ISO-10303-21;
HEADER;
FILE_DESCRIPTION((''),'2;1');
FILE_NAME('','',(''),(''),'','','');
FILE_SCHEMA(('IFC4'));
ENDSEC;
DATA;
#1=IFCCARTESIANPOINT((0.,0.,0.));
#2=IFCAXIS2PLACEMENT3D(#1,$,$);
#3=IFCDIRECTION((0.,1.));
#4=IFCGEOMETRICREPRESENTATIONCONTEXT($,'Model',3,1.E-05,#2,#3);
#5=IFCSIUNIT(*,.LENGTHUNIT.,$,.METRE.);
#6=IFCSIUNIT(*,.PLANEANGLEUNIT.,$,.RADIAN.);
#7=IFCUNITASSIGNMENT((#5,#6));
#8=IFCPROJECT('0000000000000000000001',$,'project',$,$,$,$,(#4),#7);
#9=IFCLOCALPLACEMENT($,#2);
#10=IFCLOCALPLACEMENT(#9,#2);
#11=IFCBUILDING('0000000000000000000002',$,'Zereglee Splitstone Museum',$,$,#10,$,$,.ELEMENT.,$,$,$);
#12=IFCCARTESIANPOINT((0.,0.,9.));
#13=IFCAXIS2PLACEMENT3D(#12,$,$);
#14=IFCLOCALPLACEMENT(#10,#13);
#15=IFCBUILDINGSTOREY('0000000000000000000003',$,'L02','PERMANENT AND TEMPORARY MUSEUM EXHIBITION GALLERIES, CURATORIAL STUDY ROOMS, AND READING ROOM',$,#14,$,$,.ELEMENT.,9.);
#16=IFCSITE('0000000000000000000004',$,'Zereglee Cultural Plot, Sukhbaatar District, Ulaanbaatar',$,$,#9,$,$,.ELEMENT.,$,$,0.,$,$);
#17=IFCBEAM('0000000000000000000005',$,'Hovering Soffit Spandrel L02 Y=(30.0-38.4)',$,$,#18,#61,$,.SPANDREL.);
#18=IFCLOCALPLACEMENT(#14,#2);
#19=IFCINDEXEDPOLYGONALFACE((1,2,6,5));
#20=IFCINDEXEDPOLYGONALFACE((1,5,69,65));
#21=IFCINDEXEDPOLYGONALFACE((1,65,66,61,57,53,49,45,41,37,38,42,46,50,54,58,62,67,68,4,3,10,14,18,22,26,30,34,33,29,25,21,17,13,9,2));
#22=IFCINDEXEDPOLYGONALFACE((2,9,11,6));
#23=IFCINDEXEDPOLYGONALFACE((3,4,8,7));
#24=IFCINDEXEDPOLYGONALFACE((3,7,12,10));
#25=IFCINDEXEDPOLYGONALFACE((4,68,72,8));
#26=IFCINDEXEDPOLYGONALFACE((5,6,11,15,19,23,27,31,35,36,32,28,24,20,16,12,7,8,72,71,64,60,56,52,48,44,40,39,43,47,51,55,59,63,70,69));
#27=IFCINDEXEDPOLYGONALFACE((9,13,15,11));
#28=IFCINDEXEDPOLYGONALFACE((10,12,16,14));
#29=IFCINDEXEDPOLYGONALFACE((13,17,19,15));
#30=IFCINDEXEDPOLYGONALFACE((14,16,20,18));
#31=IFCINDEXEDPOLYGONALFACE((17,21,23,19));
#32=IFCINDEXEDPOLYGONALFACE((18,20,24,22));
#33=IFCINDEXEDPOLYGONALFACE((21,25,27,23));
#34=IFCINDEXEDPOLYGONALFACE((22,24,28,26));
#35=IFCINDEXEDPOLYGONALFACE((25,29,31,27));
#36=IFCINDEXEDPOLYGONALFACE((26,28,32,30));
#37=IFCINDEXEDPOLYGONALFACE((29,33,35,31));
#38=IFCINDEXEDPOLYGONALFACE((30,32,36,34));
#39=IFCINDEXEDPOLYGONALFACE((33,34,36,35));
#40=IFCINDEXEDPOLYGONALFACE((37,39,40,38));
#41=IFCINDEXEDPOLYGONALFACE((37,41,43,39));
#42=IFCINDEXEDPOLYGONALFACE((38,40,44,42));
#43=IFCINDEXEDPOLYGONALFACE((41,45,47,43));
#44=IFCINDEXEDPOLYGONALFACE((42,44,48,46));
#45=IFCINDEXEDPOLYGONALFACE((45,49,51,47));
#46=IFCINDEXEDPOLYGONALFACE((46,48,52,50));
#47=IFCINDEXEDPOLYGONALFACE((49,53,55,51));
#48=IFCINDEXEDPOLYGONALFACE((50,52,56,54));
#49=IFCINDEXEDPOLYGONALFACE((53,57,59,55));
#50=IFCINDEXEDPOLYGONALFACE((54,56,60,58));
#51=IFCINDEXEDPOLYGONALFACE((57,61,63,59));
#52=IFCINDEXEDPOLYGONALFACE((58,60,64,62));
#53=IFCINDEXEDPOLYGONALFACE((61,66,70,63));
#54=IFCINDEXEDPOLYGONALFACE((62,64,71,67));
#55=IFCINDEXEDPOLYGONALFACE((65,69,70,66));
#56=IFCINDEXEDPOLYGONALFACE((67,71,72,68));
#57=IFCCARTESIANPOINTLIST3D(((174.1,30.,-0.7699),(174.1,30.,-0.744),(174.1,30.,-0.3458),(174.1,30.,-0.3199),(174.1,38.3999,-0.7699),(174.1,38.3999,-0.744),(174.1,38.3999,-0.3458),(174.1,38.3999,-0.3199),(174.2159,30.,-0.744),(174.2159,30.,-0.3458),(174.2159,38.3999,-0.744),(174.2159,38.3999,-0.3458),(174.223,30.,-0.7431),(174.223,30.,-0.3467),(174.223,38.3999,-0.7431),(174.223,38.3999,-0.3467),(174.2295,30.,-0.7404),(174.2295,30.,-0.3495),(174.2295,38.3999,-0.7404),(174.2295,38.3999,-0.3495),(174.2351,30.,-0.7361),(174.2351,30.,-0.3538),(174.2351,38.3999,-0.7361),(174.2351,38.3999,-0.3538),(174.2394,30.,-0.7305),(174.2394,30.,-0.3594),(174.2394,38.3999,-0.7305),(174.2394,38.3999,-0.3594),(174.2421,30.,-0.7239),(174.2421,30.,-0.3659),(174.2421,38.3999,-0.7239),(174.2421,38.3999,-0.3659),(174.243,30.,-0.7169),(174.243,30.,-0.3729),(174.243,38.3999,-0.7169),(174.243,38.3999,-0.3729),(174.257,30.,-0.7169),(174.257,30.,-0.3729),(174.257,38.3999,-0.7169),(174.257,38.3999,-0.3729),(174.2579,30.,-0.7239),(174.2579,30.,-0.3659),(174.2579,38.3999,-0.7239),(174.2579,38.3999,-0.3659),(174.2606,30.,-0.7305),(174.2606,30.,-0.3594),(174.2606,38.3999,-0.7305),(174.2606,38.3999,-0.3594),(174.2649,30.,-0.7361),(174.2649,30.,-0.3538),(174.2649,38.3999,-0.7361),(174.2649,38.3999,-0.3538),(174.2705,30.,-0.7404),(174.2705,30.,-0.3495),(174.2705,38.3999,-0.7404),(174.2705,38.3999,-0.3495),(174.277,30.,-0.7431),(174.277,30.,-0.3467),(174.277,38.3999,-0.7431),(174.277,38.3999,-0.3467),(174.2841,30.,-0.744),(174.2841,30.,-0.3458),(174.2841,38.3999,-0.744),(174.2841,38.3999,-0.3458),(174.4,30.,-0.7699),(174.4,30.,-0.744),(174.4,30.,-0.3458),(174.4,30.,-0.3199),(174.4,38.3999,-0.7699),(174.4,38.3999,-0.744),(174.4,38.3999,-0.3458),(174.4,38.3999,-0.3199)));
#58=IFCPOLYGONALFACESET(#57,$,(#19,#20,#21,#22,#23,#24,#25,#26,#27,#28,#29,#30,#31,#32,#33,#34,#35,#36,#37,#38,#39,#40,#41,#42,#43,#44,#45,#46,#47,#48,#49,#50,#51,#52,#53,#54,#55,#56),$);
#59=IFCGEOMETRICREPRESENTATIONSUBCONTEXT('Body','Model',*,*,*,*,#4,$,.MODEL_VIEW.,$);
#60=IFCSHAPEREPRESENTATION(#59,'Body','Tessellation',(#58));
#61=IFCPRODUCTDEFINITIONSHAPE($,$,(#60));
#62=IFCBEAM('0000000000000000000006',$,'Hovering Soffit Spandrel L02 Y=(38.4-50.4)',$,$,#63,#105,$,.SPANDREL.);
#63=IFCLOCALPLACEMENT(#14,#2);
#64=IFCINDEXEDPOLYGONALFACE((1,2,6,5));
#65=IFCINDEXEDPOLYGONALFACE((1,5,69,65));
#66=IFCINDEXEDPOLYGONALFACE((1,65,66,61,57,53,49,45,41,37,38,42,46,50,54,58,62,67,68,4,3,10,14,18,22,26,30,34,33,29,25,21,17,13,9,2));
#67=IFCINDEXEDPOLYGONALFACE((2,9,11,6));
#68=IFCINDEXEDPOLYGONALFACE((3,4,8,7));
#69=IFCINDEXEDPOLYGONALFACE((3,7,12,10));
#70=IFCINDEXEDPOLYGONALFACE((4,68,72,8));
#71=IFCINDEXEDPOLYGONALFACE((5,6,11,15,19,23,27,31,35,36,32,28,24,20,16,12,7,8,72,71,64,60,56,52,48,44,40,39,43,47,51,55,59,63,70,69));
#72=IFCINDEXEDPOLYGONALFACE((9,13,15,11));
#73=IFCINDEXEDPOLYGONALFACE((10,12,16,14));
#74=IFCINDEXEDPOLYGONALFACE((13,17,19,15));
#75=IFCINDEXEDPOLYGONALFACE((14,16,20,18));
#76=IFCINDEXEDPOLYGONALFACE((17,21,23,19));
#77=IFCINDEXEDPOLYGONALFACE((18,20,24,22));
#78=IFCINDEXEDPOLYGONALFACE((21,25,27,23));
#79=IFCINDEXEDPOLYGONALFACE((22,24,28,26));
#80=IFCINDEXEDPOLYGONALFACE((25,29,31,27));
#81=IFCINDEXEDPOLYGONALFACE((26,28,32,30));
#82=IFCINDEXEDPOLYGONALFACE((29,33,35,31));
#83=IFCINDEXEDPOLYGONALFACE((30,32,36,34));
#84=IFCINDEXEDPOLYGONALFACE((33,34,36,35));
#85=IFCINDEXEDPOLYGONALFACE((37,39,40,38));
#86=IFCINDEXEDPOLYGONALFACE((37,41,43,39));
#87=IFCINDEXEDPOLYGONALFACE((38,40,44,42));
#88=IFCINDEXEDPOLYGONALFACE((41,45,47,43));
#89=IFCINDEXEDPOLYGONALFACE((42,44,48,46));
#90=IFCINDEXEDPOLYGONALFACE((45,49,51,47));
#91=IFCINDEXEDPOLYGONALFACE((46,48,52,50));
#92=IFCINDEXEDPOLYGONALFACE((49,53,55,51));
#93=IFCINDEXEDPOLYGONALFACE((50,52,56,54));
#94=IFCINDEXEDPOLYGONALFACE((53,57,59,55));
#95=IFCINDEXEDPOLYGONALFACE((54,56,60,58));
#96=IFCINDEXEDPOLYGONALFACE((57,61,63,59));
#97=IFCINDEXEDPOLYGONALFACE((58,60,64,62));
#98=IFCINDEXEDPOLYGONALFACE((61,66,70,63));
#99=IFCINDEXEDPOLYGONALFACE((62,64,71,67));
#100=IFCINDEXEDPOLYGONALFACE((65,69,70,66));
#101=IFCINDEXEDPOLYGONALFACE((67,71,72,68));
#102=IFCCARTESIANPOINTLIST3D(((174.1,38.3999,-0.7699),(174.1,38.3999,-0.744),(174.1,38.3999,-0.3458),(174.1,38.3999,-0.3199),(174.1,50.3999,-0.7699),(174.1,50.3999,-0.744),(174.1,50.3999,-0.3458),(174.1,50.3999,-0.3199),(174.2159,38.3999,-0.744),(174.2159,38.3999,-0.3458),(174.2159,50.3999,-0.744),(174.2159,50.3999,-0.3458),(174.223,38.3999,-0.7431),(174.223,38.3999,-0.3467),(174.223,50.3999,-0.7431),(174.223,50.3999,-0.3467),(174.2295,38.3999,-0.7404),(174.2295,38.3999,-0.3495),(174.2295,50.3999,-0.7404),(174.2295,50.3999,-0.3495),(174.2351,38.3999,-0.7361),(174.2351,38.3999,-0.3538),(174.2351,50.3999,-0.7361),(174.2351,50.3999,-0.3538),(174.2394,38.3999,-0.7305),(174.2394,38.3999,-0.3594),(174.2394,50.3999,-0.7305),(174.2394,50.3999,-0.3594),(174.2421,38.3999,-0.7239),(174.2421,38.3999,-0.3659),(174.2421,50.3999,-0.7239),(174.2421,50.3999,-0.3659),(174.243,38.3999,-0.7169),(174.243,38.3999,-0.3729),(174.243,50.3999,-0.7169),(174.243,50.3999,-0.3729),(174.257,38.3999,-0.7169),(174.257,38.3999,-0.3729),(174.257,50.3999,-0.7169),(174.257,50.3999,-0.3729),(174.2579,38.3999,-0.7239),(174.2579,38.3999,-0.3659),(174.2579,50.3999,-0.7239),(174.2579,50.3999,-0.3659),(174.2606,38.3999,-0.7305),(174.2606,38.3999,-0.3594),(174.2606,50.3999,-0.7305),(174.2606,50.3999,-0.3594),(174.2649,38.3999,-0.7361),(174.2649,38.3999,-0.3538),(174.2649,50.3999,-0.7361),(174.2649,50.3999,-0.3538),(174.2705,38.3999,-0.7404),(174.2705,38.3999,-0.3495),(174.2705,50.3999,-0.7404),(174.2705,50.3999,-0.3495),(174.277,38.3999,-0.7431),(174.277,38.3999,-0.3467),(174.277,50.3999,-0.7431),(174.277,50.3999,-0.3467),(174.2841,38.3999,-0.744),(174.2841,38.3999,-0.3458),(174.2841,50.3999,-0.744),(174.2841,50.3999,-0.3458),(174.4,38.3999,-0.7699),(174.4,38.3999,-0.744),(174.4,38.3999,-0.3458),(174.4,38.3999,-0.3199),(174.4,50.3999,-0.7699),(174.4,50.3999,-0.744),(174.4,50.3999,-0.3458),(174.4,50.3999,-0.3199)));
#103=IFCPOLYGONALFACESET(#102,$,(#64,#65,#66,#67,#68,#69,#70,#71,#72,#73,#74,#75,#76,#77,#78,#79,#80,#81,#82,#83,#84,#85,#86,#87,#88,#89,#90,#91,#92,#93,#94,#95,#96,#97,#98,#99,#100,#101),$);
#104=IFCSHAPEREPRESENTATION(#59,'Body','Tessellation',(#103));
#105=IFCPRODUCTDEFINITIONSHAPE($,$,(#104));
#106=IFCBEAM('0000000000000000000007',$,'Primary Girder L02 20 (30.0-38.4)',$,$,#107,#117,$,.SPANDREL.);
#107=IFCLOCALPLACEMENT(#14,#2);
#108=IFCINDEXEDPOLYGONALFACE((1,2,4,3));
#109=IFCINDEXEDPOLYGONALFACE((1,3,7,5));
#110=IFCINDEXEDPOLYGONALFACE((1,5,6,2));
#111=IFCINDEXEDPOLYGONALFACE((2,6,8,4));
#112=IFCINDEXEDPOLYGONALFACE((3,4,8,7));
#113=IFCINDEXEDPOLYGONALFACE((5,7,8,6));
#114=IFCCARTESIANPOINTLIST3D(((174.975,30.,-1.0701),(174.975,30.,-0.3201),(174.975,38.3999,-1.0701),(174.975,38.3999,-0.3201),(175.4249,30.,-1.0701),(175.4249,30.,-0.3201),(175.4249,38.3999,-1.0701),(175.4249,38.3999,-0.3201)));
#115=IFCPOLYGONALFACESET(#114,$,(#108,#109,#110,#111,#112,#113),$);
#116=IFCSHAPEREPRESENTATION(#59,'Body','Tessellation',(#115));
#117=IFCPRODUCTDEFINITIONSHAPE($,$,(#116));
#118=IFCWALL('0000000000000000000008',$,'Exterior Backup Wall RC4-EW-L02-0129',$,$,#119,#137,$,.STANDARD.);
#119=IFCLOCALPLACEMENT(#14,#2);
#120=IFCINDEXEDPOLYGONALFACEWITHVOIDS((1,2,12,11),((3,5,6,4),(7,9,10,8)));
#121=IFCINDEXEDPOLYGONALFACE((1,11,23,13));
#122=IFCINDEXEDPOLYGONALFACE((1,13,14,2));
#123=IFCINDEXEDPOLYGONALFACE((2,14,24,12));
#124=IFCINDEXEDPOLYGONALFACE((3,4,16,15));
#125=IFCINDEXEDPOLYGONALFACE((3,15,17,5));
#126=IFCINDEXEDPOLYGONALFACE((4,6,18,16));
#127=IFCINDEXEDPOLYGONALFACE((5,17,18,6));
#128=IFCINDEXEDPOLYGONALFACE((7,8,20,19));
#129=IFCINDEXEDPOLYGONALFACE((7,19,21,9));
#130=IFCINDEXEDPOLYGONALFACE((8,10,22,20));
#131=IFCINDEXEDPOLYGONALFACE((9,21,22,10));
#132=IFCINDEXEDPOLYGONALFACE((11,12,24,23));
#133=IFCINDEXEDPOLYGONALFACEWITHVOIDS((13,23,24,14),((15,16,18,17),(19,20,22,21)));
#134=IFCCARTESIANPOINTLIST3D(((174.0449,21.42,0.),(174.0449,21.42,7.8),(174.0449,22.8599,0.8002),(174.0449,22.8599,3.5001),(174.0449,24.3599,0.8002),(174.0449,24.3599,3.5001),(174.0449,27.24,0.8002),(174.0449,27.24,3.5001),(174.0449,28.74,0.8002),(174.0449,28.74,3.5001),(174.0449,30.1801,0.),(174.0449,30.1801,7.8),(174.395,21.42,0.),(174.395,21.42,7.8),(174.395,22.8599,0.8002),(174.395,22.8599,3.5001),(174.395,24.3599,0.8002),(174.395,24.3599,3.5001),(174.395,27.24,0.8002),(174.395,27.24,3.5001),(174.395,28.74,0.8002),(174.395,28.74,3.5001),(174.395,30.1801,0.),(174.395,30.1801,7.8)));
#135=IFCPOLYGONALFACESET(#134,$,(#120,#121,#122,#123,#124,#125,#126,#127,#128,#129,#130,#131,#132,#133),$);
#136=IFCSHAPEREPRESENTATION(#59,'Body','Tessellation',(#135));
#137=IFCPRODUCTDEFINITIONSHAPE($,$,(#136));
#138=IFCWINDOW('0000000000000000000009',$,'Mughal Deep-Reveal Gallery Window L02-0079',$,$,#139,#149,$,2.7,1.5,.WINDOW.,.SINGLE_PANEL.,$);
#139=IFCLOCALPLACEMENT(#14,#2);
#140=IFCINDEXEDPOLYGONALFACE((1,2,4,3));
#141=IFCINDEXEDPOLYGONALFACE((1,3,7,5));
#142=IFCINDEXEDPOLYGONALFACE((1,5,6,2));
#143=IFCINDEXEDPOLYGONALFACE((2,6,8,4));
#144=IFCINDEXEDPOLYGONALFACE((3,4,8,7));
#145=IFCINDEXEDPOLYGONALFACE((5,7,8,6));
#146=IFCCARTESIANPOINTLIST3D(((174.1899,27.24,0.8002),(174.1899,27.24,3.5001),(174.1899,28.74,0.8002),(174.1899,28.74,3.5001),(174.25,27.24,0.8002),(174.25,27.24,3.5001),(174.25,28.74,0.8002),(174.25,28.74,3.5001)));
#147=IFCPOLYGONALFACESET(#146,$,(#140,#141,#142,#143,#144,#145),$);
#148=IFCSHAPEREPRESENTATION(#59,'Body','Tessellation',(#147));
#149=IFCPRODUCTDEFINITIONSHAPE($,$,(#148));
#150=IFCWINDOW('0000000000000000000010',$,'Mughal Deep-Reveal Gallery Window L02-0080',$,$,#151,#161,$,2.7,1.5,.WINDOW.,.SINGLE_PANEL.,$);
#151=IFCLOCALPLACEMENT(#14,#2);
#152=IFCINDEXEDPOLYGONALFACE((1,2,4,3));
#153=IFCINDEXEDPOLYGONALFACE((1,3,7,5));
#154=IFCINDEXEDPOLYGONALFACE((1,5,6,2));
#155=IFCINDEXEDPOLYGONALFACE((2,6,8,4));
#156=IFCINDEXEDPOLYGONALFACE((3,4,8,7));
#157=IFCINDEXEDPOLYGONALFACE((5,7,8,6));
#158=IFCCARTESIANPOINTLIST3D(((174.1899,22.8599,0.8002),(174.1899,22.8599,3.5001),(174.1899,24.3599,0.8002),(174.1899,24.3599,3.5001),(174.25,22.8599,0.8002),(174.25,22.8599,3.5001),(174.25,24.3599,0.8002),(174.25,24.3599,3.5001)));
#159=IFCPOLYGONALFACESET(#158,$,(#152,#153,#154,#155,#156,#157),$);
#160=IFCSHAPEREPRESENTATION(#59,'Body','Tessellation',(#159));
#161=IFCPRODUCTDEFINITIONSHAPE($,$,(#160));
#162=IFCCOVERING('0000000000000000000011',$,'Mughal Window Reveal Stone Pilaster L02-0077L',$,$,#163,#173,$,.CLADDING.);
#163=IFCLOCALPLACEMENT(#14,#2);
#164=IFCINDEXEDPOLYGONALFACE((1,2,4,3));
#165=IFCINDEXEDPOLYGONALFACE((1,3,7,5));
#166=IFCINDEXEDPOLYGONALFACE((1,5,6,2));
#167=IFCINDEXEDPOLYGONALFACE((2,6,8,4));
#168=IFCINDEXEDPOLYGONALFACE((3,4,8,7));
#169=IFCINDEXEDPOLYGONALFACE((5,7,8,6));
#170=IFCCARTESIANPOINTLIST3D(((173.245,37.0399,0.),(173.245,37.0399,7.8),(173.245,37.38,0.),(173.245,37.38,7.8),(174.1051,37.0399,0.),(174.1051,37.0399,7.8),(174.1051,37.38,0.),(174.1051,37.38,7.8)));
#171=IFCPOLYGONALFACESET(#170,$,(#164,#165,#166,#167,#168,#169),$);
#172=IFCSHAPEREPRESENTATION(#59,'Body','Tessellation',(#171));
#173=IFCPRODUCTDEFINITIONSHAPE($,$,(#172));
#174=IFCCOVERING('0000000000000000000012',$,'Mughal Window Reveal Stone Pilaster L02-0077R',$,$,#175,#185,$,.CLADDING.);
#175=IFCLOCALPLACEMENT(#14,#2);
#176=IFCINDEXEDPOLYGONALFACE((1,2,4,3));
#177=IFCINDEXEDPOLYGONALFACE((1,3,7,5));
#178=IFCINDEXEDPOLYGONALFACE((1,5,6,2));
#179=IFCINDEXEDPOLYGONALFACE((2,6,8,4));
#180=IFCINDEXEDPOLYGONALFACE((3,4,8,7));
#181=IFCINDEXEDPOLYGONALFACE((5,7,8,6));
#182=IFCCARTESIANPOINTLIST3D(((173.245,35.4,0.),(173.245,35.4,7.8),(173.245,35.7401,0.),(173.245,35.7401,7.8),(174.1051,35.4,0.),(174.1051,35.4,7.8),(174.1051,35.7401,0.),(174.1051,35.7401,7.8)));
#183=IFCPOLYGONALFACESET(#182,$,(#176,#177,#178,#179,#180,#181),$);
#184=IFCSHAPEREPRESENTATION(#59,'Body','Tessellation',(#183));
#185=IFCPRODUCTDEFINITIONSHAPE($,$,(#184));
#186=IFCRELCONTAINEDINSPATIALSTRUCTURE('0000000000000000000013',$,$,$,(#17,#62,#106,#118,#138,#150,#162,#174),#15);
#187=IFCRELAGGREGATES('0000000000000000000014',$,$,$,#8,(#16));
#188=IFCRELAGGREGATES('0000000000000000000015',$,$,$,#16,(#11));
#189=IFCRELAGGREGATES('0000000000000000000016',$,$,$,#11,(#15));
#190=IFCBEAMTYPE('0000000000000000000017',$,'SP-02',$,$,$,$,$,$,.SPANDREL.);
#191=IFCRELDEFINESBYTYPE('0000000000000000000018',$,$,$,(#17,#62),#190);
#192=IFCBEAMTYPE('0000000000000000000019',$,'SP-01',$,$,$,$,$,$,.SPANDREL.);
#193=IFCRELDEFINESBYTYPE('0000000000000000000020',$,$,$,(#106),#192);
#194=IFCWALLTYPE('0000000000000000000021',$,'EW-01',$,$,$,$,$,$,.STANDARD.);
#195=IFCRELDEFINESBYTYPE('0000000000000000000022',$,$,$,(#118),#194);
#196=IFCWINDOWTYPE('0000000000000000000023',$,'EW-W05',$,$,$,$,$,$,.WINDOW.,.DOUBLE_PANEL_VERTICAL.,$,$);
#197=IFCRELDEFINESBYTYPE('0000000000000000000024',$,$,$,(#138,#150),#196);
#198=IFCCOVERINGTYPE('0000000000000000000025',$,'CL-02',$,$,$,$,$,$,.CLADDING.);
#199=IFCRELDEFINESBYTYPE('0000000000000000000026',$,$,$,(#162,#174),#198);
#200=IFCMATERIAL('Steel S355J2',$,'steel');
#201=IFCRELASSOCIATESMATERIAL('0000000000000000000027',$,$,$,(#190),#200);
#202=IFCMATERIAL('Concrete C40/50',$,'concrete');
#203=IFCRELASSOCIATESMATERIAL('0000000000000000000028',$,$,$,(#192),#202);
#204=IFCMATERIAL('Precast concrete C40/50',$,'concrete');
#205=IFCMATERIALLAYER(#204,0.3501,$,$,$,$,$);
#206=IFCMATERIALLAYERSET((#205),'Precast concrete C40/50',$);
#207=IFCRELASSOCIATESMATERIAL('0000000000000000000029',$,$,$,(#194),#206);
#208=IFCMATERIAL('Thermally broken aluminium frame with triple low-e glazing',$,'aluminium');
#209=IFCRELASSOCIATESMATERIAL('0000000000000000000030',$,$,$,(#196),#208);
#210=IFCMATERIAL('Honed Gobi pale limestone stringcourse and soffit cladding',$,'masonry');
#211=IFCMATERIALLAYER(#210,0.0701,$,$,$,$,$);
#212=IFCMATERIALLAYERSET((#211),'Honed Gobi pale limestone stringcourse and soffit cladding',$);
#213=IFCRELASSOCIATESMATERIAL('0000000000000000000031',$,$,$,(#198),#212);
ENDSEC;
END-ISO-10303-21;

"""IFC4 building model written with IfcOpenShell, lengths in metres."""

from ifc_helpers import new_model, si_unit, direction, frame, frame_2d, origin, origin_2d, place, context, subcontext, project, spatial, rectangle, i_section, extrude, material, layer, layer_set, material_profile, profile_set, type_object, element, fill, save


model = new_model("IFC4")

# Units and contexts
model_context = context("Model", 3, precision=1e-05, world=origin(), true_north=direction((0.0, 1.0)))
body_context = subcontext(model_context, "Body", "Model", "MODEL_VIEW")
ifc_project = project(units=[si_unit("LENGTHUNIT", "METRE"), si_unit("PLANEANGLEUNIT", "RADIAN")], contexts=[model_context])

# Site, building, storey
site_placement = place(None, origin())
site = spatial("IfcSite", under=ifc_project, at=site_placement, Name="Zereglee Cultural Plot, Sukhbaatar District, Ulaanbaatar", CompositionType="ELEMENT", RefElevation=0.0)
building_placement = place(site_placement, origin())
building = spatial("IfcBuilding", under=site, at=building_placement, Name="Zereglee Splitstone Museum", CompositionType="ELEMENT")
storey_placement = place(building_placement, frame((0.0, 0.0, 9.0)))
storey = spatial("IfcBuildingStorey", under=building, at=storey_placement, Name="L02", Description="PERMANENT AND TEMPORARY MUSEUM EXHIBITION GALLERIES, CURATORIAL STUDY ROOMS, AND READING ROOM", CompositionType="ELEMENT", Elevation=9.0)

# Shared definitions
ifc_material_1 = material(Name="Steel S355J2", Category="steel")

# Beams
ifc_material_profile_1 = material_profile(ifc_material_1, i_section(OverallWidth=0.3, OverallDepth=0.45, WebThickness=0.0139, FlangeThickness=0.0259, FilletRadius=0.0271, at=origin_2d()), Name="HE 450 B")
ifc_profile_set_1 = profile_set([ifc_material_profile_1], Name="Steel S355J2")
beam_type_1 = type_object("IfcBeamType", Name="SP-02", PredefinedType="SPANDREL", material=ifc_profile_set_1)
beam_1_placement = place(storey_placement, frame((174.25, 30.0, -0.5449), z_axis=(0.0, 1.0, 0.0), x_axis=(-1.0, 0.0, 0.0)))
element("IfcBeam", 1, at=beam_1_placement, inside=storey, type_object=beam_type_1, Name="Hovering Soffit Spandrel L02 Y=(30.0-38.4)", PredefinedType="SPANDREL", context=body_context, shape_type="SweptSolid", body=[
    extrude(i_section(OverallWidth=0.3, OverallDepth=0.45, WebThickness=0.0139, FlangeThickness=0.0259, FilletRadius=0.0271, at=origin_2d()), origin(), (0.0, 0.0, 1.0), 8.3999),
])
beam_2_placement = place(storey_placement, frame((174.25, 38.3999, -0.5449), z_axis=(0.0, 1.0, 0.0), x_axis=(-1.0, 0.0, 0.0)))
element("IfcBeam", 2, at=beam_2_placement, inside=storey, type_object=beam_type_1, Name="Hovering Soffit Spandrel L02 Y=(38.4-50.4)", PredefinedType="SPANDREL", context=body_context, shape_type="SweptSolid", body=[
    extrude(i_section(OverallWidth=0.3, OverallDepth=0.45, WebThickness=0.0139, FlangeThickness=0.0259, FilletRadius=0.0271, at=origin_2d()), origin(), (0.0, 0.0, 1.0), 12.0),
])
ifc_material_2 = material(Name="Concrete C40/50", Category="concrete")
ifc_material_profile_2 = material_profile(ifc_material_2, rectangle(XDim=0.45, YDim=0.75, at=origin_2d()), Name="RC 450x750")
ifc_profile_set_2 = profile_set([ifc_material_profile_2], Name="Concrete C40/50")
beam_type_2 = type_object("IfcBeamType", Name="SP-01", PredefinedType="SPANDREL", material=ifc_profile_set_2)
beam_3_placement = place(storey_placement, frame((175.2, 30.0, -0.6951), z_axis=(0.0, 1.0, 0.0), x_axis=(-1.0, 0.0, 0.0)))
element("IfcBeam", 3, at=beam_3_placement, inside=storey, type_object=beam_type_2, Name="Primary Girder L02 20 (30.0-38.4)", PredefinedType="SPANDREL", context=body_context, shape_type="SweptSolid", body=[
    extrude(rectangle(XDim=0.45, YDim=0.75, at=origin_2d()), origin(), (0.0, 0.0, 1.0), 8.3999),
])

# Wall, openings, windows
ifc_material_3 = material(Name="Precast concrete C40/50", Category="concrete")
ifc_layer_1 = layer(ifc_material_3, 0.3501)
ifc_layer_set_1 = layer_set([ifc_layer_1], Name="Precast concrete C40/50")
wall_type = type_object("IfcWallType", Name="EW-01", PredefinedType="STANDARD", material=ifc_layer_set_1)
wall_placement = place(storey_placement, frame((174.22, 30.1799, 0.0), z_axis=(0.0, 0.0, 1.0), x_axis=(0.0, -1.0, 0.0)))
wall = element("IfcWall", 4, at=wall_placement, inside=storey, type_object=wall_type, Name="Exterior Backup Wall RC4-EW-L02-0129", PredefinedType="STANDARD", context=body_context, shape_type="SweptSolid", body=[
    extrude(rectangle(XDim=8.76, YDim=0.3501, at=frame_2d((4.3799, 0.0))), origin(), (0.0, 0.0, 1.0), 7.8),
])
opening_1_placement = place(wall_placement, frame((1.4399, 0.0, 0.8)))
opening_1 = element("IfcOpeningElement", 5, at=opening_1_placement, cuts=wall, PredefinedType="OPENING", context=body_context, shape_type="SweptSolid", body=[
    extrude(rectangle(XDim=1.5, YDim=2.7, at=frame_2d((0.75, 1.3501))), frame((0.0, 0.1899, 0.0), z_axis=(0.0, -1.0, 0.0), x_axis=(1.0, 0.0, 0.0)), (0.0, 0.0, 1.0), 0.3799),
])
opening_2_placement = place(wall_placement, frame((5.8201, 0.0, 0.8)))
opening_2 = element("IfcOpeningElement", 6, at=opening_2_placement, cuts=wall, PredefinedType="OPENING", context=body_context, shape_type="SweptSolid", body=[
    extrude(rectangle(XDim=1.5, YDim=2.7, at=frame_2d((0.75, 1.3501))), frame((0.0, 0.1899, 0.0), z_axis=(0.0, -1.0, 0.0), x_axis=(1.0, 0.0, 0.0)), (0.0, 0.0, 1.0), 0.3799),
])
ifc_material_4 = material(Name="Thermally broken aluminium frame with triple low-e glazing", Category="aluminium")
window_type = type_object("IfcWindowType", Name="EW-W05", PartitioningType="DOUBLE_PANEL_VERTICAL", PredefinedType="WINDOW", material=ifc_material_4)
window_1_placement = place(opening_1_placement, origin())
window_1 = element("IfcWindow", 7, at=window_1_placement, inside=storey, type_object=window_type, Name="Mughal Deep-Reveal Gallery Window L02-0079", OverallHeight=2.7, OverallWidth=1.5, PartitioningType="SINGLE_PANEL", PredefinedType="WINDOW", context=body_context, shape_type="SweptSolid", body=[
    extrude(rectangle(XDim=1.5, YDim=2.7, at=frame_2d((0.75, 1.3501))), frame((0.0, 0.03, 0.0), z_axis=(0.0, -1.0, 0.0), x_axis=(1.0, 0.0, 0.0)), (0.0, 0.0, 1.0), 0.0601),
])
fill(opening_1, window_1)
window_2_placement = place(opening_2_placement, origin())
window_2 = element("IfcWindow", 8, at=window_2_placement, inside=storey, type_object=window_type, Name="Mughal Deep-Reveal Gallery Window L02-0080", OverallHeight=2.7, OverallWidth=1.5, PartitioningType="SINGLE_PANEL", PredefinedType="WINDOW", context=body_context, shape_type="SweptSolid", body=[
    extrude(rectangle(XDim=1.5, YDim=2.7, at=frame_2d((0.75, 1.3501))), frame((0.0, 0.03, 0.0), z_axis=(0.0, -1.0, 0.0), x_axis=(1.0, 0.0, 0.0)), (0.0, 0.0, 1.0), 0.0601),
])
fill(opening_2, window_2)

# Coverings
ifc_material_5 = material(Name="Honed Gobi pale limestone stringcourse and soffit cladding", Category="masonry")
ifc_layer_2 = layer(ifc_material_5, 0.0701)
ifc_layer_set_2 = layer_set([ifc_layer_2], Name="Honed Gobi pale limestone stringcourse and soffit cladding")
covering_type = type_object("IfcCoveringType", Name="CL-02", PredefinedType="CLADDING", material=ifc_layer_set_2)
for number, where, z_axis, x_axis, name in (
    (9, (173.675, 37.21, 0.0), (0.0, 0.0, 1.0), (0.0, -1.0, 0.0), "Mughal Window Reveal Stone Pilaster L02-0077L"),
    (10, (173.675, 35.5701, 0.0), (0.0, 0.0, 1.0), (0.0, -1.0, 0.0), "Mughal Window Reveal Stone Pilaster L02-0077R"),
):
    element("IfcCovering", number, at=place(storey_placement, frame(where, z_axis=z_axis, x_axis=x_axis)), inside=storey, type_object=covering_type, Name=name, PredefinedType="CLADDING", context=body_context, shape_type="SweptSolid", body=[
        extrude(rectangle(XDim=0.3401, YDim=0.8601, at=origin_2d()), origin(), (0.0, 0.0, 1.0), 7.8),
    ])

save(model, "model.ifc")
